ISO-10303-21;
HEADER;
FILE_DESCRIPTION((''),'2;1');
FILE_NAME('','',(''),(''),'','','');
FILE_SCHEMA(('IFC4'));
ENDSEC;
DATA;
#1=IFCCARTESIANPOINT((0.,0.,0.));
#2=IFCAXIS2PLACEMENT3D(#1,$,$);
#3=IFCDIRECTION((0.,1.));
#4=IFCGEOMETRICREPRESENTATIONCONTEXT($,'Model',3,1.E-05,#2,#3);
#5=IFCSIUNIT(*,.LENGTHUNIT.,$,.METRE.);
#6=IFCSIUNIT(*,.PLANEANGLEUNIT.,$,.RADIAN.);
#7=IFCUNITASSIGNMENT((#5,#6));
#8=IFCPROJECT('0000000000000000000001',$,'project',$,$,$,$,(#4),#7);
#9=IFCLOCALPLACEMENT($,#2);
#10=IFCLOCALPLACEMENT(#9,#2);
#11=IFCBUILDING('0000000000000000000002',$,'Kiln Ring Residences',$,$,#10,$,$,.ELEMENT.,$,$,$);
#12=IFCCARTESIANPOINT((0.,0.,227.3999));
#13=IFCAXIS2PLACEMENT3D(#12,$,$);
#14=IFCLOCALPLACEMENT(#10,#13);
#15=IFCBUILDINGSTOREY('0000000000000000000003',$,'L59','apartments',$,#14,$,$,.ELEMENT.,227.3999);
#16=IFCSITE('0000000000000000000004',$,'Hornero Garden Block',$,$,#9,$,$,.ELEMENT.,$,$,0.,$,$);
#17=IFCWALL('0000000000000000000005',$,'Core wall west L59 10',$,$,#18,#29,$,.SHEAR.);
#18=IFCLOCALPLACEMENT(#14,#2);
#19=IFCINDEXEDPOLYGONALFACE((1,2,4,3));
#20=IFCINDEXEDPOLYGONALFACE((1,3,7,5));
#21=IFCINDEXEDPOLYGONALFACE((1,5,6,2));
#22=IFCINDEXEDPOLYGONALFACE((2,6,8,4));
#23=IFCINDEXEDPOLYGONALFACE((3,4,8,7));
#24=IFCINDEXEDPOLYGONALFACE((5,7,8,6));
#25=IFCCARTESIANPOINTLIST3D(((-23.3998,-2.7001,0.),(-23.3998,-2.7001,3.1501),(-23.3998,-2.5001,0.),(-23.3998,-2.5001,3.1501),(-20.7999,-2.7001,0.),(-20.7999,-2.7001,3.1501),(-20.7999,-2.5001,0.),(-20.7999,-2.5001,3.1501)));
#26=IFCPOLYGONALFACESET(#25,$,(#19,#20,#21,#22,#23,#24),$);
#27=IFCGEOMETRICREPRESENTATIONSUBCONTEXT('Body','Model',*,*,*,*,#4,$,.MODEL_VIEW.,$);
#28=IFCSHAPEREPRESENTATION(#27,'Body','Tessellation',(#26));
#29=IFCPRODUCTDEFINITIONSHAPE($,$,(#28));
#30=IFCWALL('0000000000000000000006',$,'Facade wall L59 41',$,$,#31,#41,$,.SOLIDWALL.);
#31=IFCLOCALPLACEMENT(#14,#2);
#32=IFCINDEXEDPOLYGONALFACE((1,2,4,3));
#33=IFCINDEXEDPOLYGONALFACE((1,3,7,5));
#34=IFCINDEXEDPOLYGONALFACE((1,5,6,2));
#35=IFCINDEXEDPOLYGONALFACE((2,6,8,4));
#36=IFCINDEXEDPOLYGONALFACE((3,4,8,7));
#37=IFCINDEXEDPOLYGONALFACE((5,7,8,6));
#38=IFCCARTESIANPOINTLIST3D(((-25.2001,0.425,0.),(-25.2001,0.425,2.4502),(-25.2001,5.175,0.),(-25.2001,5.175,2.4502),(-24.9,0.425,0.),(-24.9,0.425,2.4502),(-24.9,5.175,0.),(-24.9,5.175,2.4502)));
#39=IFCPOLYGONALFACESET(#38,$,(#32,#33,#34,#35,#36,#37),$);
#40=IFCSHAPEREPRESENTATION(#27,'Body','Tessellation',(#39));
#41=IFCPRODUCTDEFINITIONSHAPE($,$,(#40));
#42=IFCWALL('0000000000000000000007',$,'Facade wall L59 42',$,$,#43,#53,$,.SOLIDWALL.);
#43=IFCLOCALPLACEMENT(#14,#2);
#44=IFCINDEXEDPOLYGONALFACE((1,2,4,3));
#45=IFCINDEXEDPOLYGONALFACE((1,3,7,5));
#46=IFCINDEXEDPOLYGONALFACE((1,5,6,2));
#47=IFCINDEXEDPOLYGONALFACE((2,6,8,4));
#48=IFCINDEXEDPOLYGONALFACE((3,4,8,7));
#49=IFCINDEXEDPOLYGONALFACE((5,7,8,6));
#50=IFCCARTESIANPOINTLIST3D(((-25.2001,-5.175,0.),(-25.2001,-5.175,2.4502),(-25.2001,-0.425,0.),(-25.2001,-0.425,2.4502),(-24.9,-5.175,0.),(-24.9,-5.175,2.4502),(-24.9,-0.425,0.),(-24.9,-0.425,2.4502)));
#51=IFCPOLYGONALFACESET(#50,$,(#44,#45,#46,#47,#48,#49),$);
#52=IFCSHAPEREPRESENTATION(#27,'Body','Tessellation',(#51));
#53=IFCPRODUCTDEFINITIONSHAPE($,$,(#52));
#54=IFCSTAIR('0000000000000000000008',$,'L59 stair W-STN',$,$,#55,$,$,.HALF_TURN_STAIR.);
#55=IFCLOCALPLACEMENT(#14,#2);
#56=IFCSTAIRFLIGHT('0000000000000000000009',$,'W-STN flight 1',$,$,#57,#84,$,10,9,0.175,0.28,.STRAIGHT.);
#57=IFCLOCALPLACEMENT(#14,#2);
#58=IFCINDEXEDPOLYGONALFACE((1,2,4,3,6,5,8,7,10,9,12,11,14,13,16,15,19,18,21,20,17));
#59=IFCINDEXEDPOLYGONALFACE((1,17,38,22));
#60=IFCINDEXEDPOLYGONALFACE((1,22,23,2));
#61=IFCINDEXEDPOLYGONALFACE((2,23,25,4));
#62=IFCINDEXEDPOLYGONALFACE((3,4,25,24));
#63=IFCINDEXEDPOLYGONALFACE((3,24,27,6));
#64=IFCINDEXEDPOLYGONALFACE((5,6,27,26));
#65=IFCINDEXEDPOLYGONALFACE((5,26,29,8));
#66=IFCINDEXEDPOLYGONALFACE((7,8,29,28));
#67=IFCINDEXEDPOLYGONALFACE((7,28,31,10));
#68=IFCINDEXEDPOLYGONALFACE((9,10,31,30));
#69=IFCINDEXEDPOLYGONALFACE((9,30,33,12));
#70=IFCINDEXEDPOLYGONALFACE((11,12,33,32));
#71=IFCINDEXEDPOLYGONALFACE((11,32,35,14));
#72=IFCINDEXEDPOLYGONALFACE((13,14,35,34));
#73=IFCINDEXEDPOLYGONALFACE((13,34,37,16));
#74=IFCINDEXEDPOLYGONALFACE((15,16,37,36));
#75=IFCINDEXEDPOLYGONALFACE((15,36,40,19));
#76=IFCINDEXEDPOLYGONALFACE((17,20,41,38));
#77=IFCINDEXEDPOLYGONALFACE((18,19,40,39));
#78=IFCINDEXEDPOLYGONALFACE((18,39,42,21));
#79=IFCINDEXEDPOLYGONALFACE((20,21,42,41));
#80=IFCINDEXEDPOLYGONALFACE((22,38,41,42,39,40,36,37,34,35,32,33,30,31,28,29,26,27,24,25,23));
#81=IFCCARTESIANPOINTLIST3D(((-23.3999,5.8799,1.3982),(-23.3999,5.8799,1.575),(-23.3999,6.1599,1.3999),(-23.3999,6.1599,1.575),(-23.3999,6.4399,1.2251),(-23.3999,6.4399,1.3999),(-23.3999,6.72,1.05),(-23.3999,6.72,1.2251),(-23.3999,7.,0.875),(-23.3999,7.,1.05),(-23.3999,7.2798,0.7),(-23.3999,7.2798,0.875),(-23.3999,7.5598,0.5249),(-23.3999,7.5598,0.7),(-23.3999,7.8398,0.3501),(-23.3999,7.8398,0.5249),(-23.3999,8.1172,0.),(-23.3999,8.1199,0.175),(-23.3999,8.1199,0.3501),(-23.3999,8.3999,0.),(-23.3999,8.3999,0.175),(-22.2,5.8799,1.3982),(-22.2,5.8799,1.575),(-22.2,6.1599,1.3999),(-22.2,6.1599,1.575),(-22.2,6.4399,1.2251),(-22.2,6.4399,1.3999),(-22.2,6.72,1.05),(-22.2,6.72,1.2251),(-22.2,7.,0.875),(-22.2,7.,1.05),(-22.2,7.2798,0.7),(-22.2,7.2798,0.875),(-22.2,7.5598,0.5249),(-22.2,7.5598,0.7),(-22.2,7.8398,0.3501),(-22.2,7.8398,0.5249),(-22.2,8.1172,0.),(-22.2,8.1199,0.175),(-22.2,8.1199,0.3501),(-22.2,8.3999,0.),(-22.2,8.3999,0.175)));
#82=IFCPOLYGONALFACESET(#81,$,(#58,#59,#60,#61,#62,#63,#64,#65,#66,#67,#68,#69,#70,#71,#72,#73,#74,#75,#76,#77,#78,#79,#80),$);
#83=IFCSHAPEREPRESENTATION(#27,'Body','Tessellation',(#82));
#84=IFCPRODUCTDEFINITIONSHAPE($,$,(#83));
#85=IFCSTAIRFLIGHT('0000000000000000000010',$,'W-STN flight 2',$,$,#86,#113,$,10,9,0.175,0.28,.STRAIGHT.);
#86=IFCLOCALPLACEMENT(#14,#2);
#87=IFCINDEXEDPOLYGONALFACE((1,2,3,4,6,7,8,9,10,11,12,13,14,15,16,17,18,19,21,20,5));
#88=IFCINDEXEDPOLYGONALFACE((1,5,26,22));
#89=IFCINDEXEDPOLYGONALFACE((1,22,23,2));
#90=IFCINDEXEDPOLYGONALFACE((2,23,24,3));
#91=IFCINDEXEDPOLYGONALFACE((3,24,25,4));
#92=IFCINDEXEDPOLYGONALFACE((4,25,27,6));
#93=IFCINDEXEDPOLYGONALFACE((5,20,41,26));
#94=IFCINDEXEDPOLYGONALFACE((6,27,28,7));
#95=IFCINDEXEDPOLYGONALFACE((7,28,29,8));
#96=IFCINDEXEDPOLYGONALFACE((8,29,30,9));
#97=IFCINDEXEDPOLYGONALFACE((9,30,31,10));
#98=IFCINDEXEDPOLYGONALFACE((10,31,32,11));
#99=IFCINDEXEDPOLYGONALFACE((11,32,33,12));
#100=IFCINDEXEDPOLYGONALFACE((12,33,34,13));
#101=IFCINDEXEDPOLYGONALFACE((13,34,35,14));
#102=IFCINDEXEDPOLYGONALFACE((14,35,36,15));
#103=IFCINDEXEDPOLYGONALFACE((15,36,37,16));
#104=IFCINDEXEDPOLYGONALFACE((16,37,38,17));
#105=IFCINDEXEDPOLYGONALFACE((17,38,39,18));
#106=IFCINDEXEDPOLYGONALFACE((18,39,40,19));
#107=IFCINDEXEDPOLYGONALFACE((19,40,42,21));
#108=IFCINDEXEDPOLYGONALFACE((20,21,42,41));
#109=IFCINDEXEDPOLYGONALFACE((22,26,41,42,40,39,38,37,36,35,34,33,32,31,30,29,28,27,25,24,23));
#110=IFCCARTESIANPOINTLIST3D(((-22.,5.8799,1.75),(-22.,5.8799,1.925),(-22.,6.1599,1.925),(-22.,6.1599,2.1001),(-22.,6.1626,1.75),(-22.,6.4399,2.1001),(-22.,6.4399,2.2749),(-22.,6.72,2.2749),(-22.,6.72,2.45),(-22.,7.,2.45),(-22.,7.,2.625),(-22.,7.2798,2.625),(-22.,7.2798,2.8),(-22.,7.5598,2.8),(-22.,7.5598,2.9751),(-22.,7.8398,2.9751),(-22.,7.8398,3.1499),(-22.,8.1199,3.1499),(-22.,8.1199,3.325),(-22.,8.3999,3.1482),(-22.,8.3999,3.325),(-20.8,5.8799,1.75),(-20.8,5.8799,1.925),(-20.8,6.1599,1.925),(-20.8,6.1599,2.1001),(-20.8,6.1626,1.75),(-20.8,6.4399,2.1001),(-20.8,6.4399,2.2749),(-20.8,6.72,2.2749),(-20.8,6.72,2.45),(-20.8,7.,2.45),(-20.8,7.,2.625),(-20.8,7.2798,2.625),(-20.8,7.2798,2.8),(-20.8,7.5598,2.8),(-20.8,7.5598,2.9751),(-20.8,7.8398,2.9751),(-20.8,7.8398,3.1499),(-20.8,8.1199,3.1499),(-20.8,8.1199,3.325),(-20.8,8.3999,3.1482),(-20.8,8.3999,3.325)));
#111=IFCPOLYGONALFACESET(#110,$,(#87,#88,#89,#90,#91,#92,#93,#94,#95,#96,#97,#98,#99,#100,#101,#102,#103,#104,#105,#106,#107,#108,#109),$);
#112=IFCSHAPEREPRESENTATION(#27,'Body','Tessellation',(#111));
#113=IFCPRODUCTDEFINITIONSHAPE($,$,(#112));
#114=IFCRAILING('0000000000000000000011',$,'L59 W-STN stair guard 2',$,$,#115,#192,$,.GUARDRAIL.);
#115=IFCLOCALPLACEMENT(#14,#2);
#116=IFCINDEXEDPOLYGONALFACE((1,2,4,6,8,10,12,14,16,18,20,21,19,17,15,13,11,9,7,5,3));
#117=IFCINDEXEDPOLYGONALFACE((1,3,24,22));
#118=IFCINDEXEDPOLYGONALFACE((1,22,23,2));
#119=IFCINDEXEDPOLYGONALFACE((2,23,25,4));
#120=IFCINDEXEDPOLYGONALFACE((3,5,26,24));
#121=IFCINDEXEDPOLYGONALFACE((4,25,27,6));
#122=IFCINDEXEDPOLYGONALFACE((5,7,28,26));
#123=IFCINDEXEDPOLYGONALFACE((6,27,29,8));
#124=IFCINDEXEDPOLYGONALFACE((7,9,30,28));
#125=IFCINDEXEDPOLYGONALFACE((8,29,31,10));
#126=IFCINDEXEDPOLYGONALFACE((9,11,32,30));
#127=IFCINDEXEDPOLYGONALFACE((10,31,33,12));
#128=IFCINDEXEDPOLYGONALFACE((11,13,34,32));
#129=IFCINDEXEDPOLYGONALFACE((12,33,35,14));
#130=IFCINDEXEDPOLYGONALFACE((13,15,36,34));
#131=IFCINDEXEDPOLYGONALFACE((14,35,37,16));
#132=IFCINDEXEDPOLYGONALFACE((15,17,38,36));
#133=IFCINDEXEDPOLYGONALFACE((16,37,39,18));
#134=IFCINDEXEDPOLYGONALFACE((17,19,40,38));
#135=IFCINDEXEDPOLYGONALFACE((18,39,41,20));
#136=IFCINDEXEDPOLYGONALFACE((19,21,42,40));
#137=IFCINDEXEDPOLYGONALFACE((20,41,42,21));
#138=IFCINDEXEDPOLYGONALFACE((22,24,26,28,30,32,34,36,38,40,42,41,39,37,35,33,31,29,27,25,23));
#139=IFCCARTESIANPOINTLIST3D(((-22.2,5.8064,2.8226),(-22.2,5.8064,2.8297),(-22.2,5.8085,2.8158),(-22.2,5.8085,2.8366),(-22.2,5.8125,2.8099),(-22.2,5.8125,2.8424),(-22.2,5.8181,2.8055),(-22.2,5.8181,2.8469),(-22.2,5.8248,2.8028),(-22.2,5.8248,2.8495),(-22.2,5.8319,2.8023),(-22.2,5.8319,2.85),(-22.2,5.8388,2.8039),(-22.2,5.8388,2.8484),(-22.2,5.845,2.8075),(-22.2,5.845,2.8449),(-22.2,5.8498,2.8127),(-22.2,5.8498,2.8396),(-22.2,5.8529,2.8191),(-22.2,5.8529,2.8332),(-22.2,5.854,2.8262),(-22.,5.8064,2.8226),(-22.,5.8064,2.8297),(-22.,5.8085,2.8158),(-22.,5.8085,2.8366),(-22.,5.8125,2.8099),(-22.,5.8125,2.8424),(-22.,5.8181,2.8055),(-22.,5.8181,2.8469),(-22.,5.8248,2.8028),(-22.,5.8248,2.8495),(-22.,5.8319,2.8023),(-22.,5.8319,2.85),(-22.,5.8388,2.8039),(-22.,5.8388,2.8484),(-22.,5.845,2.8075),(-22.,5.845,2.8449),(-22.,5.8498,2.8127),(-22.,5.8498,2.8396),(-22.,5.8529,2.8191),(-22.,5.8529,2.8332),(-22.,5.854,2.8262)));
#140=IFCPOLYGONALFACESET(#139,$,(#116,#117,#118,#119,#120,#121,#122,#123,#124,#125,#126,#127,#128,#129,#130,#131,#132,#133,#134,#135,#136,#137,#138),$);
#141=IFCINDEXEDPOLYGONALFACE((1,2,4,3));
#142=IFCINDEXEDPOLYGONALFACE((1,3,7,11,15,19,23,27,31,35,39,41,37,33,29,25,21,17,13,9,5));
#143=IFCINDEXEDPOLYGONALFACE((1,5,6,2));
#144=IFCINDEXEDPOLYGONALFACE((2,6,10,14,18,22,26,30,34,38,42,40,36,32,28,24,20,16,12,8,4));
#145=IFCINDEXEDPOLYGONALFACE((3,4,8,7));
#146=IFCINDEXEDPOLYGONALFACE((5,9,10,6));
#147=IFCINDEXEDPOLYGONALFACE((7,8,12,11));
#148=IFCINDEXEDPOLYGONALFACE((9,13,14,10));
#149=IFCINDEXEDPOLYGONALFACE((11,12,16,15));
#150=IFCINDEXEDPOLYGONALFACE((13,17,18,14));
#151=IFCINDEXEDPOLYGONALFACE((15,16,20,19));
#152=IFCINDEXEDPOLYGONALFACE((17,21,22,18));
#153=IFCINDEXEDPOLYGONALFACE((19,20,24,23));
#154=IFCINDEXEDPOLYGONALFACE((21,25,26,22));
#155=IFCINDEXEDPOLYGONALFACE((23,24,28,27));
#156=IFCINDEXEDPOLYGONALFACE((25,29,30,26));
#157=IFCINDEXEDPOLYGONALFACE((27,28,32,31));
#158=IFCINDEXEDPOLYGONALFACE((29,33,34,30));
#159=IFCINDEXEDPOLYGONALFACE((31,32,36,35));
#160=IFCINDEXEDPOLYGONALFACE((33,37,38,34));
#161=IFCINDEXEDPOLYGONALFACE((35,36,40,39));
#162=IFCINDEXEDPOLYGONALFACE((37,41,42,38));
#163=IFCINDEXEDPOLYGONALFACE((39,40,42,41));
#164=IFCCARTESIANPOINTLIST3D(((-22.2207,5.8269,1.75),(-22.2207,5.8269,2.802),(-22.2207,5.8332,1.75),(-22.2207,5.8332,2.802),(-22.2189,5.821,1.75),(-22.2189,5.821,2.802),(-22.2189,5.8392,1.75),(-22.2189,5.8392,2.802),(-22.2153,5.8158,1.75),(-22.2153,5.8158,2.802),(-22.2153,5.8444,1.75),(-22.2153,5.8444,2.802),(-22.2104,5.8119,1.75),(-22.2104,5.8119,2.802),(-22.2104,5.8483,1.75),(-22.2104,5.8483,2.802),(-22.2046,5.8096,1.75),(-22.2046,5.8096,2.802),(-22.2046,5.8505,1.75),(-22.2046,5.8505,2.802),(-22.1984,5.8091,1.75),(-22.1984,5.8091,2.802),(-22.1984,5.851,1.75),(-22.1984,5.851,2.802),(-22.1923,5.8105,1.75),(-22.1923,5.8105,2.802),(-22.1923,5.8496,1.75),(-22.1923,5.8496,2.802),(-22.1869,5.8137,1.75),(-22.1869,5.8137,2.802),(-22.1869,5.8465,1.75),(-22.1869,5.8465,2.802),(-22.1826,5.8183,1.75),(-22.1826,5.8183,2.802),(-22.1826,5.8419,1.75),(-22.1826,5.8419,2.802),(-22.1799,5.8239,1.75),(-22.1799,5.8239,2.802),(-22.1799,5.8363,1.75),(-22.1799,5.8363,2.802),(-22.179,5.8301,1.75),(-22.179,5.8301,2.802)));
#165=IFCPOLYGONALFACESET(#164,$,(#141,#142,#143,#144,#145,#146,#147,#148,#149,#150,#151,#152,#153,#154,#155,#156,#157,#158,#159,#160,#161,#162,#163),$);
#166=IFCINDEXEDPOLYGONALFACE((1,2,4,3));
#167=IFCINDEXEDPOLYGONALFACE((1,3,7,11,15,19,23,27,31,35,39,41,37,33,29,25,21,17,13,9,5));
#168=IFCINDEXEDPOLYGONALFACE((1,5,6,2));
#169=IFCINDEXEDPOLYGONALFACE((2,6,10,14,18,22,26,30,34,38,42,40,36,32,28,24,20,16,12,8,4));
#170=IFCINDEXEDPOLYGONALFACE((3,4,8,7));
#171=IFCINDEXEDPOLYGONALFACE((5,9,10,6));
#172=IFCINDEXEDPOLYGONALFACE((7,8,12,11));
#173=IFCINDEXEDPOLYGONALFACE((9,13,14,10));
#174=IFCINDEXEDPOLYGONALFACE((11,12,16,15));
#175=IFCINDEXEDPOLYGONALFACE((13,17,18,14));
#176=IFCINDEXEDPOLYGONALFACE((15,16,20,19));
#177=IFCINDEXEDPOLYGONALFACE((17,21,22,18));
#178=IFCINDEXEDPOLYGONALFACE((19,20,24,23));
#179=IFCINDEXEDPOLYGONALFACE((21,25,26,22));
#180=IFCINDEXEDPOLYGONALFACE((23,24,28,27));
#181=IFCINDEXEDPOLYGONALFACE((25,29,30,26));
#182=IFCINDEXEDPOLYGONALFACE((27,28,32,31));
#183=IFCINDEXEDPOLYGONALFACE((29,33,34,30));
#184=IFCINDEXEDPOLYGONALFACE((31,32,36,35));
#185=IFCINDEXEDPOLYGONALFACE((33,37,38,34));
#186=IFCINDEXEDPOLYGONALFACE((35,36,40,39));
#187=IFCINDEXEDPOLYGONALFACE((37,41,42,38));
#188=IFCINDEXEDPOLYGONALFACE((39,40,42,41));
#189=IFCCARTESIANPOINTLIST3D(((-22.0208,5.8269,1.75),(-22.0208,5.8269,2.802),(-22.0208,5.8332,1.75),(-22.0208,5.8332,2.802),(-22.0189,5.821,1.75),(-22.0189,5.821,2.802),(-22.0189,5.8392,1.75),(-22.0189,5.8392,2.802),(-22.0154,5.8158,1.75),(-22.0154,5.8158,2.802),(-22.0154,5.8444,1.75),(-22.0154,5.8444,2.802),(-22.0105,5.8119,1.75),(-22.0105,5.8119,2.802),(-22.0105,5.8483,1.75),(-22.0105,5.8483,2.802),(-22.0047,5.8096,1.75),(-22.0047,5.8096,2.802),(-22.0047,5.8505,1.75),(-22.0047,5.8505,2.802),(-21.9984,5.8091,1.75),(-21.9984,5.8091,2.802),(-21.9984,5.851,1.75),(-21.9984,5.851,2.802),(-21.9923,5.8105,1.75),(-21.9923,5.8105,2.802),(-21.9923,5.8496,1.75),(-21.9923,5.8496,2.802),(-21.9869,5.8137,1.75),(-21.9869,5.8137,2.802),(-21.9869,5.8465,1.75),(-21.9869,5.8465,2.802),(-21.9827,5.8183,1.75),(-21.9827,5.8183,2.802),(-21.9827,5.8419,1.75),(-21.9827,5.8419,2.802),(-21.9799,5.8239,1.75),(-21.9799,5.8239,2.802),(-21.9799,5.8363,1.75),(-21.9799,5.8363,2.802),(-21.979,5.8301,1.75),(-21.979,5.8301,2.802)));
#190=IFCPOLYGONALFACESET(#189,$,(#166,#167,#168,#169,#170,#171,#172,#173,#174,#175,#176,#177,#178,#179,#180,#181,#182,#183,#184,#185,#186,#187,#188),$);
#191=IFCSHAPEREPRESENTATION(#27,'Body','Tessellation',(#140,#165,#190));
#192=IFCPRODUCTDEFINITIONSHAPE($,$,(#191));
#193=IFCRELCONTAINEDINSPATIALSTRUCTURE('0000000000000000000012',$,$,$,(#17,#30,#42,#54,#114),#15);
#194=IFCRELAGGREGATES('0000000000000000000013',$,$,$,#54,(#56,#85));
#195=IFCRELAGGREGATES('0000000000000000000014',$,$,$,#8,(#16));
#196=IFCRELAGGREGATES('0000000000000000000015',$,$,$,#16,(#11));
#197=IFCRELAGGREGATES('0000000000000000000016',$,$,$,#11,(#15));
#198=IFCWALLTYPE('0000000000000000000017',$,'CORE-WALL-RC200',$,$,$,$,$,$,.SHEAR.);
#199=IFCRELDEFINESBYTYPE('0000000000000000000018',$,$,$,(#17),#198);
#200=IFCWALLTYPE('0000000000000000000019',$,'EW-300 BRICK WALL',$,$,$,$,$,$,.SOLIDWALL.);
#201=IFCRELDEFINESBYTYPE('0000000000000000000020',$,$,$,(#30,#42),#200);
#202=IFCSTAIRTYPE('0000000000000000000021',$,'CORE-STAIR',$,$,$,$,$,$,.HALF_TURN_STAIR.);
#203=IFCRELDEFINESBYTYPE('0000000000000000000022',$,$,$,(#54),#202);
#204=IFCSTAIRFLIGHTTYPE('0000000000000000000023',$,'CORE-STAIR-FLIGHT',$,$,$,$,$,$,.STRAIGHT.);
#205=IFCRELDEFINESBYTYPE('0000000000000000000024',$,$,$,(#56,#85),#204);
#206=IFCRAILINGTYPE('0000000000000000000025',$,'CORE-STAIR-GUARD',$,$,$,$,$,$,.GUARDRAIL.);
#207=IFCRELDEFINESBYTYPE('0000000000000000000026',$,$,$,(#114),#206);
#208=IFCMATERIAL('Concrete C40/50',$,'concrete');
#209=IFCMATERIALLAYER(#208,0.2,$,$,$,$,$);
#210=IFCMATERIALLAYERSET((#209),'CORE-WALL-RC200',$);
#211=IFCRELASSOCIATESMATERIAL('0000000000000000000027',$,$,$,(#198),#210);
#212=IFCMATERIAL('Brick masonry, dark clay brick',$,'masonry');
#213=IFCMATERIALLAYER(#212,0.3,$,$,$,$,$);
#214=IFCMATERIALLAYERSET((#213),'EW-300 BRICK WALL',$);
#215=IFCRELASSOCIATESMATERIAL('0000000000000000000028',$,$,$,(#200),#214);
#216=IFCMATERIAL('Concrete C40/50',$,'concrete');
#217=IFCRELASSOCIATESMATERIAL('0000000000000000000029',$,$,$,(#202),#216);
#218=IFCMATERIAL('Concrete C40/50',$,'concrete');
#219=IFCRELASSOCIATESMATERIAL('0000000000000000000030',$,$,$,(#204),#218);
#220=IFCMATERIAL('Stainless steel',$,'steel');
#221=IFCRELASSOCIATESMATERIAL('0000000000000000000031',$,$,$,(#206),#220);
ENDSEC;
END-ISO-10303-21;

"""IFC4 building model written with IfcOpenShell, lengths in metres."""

from ifc_helpers import new_model, si_unit, direction, frame, frame_2d, origin, origin_2d, place, context, subcontext, project, spatial, polyline, rectangle, circle, outline, extrude, material, layer, layer_set, type_object, element, aggregate, save


model = new_model("IFC4")

# Units and contexts
model_context = context("Model", 3, precision=1e-05, world=origin(), true_north=direction((0.0, 1.0)))
body_context = subcontext(model_context, "Body", "Model", "MODEL_VIEW")
ifc_project = project(units=[si_unit("LENGTHUNIT", "METRE"), si_unit("PLANEANGLEUNIT", "RADIAN")], contexts=[model_context])

# Site, building, storey
site_placement = place(None, origin())
site = spatial("IfcSite", under=ifc_project, at=site_placement, Name="Hornero Garden Block", CompositionType="ELEMENT", RefElevation=0.0)
building_placement = place(site_placement, origin())
building = spatial("IfcBuilding", under=site, at=building_placement, Name="Kiln Ring Residences", CompositionType="ELEMENT")
storey_placement = place(building_placement, frame((0.0, 0.0, 227.3999)))
storey = spatial("IfcBuildingStorey", under=building, at=storey_placement, Name="L59", Description="apartments", CompositionType="ELEMENT", Elevation=227.3999)

# Walls
ifc_material_1 = material(Name="Concrete C40/50", Category="concrete")
ifc_layer_1 = layer(ifc_material_1, 0.2)
ifc_layer_set_1 = layer_set([ifc_layer_1], Name="CORE-WALL-RC200")
wall_type_1 = type_object("IfcWallType", Name="CORE-WALL-RC200", PredefinedType="SHEAR", material=ifc_layer_set_1)
wall_1_placement = place(storey_placement, frame((-20.8, -2.6001, 0.0), z_axis=(0.0, 0.0, 1.0), x_axis=(-1.0, 0.0, 0.0)))
element("IfcWall", 1, at=wall_1_placement, inside=storey, type_object=wall_type_1, Name="Core wall west L59 10", PredefinedType="SHEAR", context=body_context, shape_type="SweptSolid", body=[
    extrude(rectangle(XDim=2.5999, YDim=0.2, at=frame_2d((1.2998, 0.0))), origin(), (0.0, 0.0, 1.0), 3.1501),
])
ifc_material_2 = material(Name="Brick masonry, dark clay brick", Category="masonry")
ifc_layer_2 = layer(ifc_material_2, 0.3)
ifc_layer_set_2 = layer_set([ifc_layer_2], Name="EW-300 BRICK WALL")
wall_type_2 = type_object("IfcWallType", Name="EW-300 BRICK WALL", PredefinedType="SOLIDWALL", material=ifc_layer_set_2)
for number, where, z_axis, x_axis, name in (
    (2, (-25.05, 5.175, 0.0), (0.0, 0.0, 1.0), (0.0, -1.0, 0.0), "Facade wall L59 41"),
    (3, (-25.05, -0.425, 0.0), (0.0, 0.0, 1.0), (0.0, -1.0, 0.0), "Facade wall L59 42"),
):
    element("IfcWall", number, at=place(storey_placement, frame(where, z_axis=z_axis, x_axis=x_axis)), inside=storey, type_object=wall_type_2, Name=name, PredefinedType="SOLIDWALL", context=body_context, shape_type="SweptSolid", body=[
        extrude(rectangle(XDim=4.75, YDim=0.3, at=frame_2d((2.375, 0.0))), origin(), (0.0, 0.0, 1.0), 2.4502),
    ])

# Stair, stair flights
ifc_material_3 = material(Name="Concrete C40/50", Category="concrete")
stair_type = type_object("IfcStairType", Name="CORE-STAIR", PredefinedType="HALF_TURN_STAIR", material=ifc_material_3)
stair_placement = place(storey_placement, origin())
stair = element("IfcStair", 4, at=stair_placement, inside=storey, type_object=stair_type, Name="L59 stair W-STN", PredefinedType="HALF_TURN_STAIR")
ifc_material_4 = material(Name="Concrete C40/50", Category="concrete")
stair_flight_type = type_object("IfcStairFlightType", Name="CORE-STAIR-FLIGHT", PredefinedType="STRAIGHT", material=ifc_material_4)
stair_flight_1_placement = place(storey_placement, frame((-22.8, 8.3999, 0.0), z_axis=(0.0, 0.0, 1.0), x_axis=(0.0, -1.0, 0.0)))
stair_flight_1 = element("IfcStairFlight", 5, at=stair_flight_1_placement, type_object=stair_flight_type, Name="W-STN flight 1", NumberOfRisers=10, NumberOfTreads=9, PredefinedType="STRAIGHT", RiserHeight=0.175, TreadLength=0.28, context=body_context, shape_type="SweptSolid", body=[
    extrude(outline(polyline([(0.0, 0.0), (0.0, 0.175), (0.28, 0.175), (0.28, 0.3501), (0.5601, 0.3501), (0.5601, 0.5249), (0.8401, 0.5249), (0.8401, 0.7), (1.1201, 0.7), (1.1201, 0.875), (1.3999, 0.875), (1.3999, 1.05), (1.6799, 1.05), (1.6799, 1.2251), (1.96, 1.2251), (1.96, 1.3999), (2.24, 1.3999), (2.24, 1.575), (2.52, 1.575), (2.52, 1.75), (2.52, 1.3982), (0.2827, 0.0), (0.0, 0.0)])), frame((0.0, 0.6001, 0.0), z_axis=(0.0, -1.0, 0.0), x_axis=(1.0, 0.0, 0.0)), (0.0, 0.0, 1.0), 1.2),
])
stair_flight_2_placement = place(storey_placement, frame((-21.3999, 5.8799, 1.75), z_axis=(0.0, 0.0, 1.0), x_axis=(0.0, 1.0, 0.0)))
stair_flight_2 = element("IfcStairFlight", 6, at=stair_flight_2_placement, type_object=stair_flight_type, Name="W-STN flight 2", NumberOfRisers=10, NumberOfTreads=9, PredefinedType="STRAIGHT", RiserHeight=0.175, TreadLength=0.28, context=body_context, shape_type="SweptSolid", body=[
    extrude(outline(polyline([(0.0, 0.0), (0.0, 0.175), (0.28, 0.175), (0.28, 0.3501), (0.5601, 0.3501), (0.5601, 0.5249), (0.8401, 0.5249), (0.8401, 0.7), (1.1201, 0.7), (1.1201, 0.875), (1.3999, 0.875), (1.3999, 1.05), (1.6799, 1.05), (1.6799, 1.2251), (1.96, 1.2251), (1.96, 1.3999), (2.24, 1.3999), (2.24, 1.575), (2.52, 1.575), (2.52, 1.75), (2.52, 1.3982), (0.2827, 0.0), (0.0, 0.0)])), frame((0.0, 0.6001, 0.0), z_axis=(0.0, -1.0, 0.0), x_axis=(1.0, 0.0, 0.0)), (0.0, 0.0, 1.0), 1.2),
])
aggregate(stair, [stair_flight_1, stair_flight_2])

# Railing
ifc_material_5 = material(Name="Stainless steel", Category="steel")
railing_type_1 = type_object("IfcRailingType", Name="CORE-STAIR-GUARD", PredefinedType="GUARDRAIL", material=ifc_material_5)
railing_1_placement = place(storey_placement, frame((-22.2, 5.8301, 1.75)))
element("IfcRailing", 7, at=railing_1_placement, inside=storey, type_object=railing_type_1, Name="L59 W-STN stair guard 2", PredefinedType="GUARDRAIL", context=body_context, shape_type="SweptSolid", body=[
    extrude(circle(Radius=0.0239, at=origin_2d()), frame((0.0, 0.0, 1.0762), z_axis=(1.0, 0.0, 0.0), x_axis=(0.0, 1.0, 0.0)), (0.0, 0.0, 1.0), 0.2),
    extrude(circle(Radius=0.021, at=origin_2d()), origin(), (0.0, 0.0, 1.0), 1.052),
    extrude(circle(Radius=0.021, at=origin_2d()), frame((0.2, 0.0, 0.0)), (0.0, 0.0, 1.0), 1.052),
])

save(model, "model.ifc")
